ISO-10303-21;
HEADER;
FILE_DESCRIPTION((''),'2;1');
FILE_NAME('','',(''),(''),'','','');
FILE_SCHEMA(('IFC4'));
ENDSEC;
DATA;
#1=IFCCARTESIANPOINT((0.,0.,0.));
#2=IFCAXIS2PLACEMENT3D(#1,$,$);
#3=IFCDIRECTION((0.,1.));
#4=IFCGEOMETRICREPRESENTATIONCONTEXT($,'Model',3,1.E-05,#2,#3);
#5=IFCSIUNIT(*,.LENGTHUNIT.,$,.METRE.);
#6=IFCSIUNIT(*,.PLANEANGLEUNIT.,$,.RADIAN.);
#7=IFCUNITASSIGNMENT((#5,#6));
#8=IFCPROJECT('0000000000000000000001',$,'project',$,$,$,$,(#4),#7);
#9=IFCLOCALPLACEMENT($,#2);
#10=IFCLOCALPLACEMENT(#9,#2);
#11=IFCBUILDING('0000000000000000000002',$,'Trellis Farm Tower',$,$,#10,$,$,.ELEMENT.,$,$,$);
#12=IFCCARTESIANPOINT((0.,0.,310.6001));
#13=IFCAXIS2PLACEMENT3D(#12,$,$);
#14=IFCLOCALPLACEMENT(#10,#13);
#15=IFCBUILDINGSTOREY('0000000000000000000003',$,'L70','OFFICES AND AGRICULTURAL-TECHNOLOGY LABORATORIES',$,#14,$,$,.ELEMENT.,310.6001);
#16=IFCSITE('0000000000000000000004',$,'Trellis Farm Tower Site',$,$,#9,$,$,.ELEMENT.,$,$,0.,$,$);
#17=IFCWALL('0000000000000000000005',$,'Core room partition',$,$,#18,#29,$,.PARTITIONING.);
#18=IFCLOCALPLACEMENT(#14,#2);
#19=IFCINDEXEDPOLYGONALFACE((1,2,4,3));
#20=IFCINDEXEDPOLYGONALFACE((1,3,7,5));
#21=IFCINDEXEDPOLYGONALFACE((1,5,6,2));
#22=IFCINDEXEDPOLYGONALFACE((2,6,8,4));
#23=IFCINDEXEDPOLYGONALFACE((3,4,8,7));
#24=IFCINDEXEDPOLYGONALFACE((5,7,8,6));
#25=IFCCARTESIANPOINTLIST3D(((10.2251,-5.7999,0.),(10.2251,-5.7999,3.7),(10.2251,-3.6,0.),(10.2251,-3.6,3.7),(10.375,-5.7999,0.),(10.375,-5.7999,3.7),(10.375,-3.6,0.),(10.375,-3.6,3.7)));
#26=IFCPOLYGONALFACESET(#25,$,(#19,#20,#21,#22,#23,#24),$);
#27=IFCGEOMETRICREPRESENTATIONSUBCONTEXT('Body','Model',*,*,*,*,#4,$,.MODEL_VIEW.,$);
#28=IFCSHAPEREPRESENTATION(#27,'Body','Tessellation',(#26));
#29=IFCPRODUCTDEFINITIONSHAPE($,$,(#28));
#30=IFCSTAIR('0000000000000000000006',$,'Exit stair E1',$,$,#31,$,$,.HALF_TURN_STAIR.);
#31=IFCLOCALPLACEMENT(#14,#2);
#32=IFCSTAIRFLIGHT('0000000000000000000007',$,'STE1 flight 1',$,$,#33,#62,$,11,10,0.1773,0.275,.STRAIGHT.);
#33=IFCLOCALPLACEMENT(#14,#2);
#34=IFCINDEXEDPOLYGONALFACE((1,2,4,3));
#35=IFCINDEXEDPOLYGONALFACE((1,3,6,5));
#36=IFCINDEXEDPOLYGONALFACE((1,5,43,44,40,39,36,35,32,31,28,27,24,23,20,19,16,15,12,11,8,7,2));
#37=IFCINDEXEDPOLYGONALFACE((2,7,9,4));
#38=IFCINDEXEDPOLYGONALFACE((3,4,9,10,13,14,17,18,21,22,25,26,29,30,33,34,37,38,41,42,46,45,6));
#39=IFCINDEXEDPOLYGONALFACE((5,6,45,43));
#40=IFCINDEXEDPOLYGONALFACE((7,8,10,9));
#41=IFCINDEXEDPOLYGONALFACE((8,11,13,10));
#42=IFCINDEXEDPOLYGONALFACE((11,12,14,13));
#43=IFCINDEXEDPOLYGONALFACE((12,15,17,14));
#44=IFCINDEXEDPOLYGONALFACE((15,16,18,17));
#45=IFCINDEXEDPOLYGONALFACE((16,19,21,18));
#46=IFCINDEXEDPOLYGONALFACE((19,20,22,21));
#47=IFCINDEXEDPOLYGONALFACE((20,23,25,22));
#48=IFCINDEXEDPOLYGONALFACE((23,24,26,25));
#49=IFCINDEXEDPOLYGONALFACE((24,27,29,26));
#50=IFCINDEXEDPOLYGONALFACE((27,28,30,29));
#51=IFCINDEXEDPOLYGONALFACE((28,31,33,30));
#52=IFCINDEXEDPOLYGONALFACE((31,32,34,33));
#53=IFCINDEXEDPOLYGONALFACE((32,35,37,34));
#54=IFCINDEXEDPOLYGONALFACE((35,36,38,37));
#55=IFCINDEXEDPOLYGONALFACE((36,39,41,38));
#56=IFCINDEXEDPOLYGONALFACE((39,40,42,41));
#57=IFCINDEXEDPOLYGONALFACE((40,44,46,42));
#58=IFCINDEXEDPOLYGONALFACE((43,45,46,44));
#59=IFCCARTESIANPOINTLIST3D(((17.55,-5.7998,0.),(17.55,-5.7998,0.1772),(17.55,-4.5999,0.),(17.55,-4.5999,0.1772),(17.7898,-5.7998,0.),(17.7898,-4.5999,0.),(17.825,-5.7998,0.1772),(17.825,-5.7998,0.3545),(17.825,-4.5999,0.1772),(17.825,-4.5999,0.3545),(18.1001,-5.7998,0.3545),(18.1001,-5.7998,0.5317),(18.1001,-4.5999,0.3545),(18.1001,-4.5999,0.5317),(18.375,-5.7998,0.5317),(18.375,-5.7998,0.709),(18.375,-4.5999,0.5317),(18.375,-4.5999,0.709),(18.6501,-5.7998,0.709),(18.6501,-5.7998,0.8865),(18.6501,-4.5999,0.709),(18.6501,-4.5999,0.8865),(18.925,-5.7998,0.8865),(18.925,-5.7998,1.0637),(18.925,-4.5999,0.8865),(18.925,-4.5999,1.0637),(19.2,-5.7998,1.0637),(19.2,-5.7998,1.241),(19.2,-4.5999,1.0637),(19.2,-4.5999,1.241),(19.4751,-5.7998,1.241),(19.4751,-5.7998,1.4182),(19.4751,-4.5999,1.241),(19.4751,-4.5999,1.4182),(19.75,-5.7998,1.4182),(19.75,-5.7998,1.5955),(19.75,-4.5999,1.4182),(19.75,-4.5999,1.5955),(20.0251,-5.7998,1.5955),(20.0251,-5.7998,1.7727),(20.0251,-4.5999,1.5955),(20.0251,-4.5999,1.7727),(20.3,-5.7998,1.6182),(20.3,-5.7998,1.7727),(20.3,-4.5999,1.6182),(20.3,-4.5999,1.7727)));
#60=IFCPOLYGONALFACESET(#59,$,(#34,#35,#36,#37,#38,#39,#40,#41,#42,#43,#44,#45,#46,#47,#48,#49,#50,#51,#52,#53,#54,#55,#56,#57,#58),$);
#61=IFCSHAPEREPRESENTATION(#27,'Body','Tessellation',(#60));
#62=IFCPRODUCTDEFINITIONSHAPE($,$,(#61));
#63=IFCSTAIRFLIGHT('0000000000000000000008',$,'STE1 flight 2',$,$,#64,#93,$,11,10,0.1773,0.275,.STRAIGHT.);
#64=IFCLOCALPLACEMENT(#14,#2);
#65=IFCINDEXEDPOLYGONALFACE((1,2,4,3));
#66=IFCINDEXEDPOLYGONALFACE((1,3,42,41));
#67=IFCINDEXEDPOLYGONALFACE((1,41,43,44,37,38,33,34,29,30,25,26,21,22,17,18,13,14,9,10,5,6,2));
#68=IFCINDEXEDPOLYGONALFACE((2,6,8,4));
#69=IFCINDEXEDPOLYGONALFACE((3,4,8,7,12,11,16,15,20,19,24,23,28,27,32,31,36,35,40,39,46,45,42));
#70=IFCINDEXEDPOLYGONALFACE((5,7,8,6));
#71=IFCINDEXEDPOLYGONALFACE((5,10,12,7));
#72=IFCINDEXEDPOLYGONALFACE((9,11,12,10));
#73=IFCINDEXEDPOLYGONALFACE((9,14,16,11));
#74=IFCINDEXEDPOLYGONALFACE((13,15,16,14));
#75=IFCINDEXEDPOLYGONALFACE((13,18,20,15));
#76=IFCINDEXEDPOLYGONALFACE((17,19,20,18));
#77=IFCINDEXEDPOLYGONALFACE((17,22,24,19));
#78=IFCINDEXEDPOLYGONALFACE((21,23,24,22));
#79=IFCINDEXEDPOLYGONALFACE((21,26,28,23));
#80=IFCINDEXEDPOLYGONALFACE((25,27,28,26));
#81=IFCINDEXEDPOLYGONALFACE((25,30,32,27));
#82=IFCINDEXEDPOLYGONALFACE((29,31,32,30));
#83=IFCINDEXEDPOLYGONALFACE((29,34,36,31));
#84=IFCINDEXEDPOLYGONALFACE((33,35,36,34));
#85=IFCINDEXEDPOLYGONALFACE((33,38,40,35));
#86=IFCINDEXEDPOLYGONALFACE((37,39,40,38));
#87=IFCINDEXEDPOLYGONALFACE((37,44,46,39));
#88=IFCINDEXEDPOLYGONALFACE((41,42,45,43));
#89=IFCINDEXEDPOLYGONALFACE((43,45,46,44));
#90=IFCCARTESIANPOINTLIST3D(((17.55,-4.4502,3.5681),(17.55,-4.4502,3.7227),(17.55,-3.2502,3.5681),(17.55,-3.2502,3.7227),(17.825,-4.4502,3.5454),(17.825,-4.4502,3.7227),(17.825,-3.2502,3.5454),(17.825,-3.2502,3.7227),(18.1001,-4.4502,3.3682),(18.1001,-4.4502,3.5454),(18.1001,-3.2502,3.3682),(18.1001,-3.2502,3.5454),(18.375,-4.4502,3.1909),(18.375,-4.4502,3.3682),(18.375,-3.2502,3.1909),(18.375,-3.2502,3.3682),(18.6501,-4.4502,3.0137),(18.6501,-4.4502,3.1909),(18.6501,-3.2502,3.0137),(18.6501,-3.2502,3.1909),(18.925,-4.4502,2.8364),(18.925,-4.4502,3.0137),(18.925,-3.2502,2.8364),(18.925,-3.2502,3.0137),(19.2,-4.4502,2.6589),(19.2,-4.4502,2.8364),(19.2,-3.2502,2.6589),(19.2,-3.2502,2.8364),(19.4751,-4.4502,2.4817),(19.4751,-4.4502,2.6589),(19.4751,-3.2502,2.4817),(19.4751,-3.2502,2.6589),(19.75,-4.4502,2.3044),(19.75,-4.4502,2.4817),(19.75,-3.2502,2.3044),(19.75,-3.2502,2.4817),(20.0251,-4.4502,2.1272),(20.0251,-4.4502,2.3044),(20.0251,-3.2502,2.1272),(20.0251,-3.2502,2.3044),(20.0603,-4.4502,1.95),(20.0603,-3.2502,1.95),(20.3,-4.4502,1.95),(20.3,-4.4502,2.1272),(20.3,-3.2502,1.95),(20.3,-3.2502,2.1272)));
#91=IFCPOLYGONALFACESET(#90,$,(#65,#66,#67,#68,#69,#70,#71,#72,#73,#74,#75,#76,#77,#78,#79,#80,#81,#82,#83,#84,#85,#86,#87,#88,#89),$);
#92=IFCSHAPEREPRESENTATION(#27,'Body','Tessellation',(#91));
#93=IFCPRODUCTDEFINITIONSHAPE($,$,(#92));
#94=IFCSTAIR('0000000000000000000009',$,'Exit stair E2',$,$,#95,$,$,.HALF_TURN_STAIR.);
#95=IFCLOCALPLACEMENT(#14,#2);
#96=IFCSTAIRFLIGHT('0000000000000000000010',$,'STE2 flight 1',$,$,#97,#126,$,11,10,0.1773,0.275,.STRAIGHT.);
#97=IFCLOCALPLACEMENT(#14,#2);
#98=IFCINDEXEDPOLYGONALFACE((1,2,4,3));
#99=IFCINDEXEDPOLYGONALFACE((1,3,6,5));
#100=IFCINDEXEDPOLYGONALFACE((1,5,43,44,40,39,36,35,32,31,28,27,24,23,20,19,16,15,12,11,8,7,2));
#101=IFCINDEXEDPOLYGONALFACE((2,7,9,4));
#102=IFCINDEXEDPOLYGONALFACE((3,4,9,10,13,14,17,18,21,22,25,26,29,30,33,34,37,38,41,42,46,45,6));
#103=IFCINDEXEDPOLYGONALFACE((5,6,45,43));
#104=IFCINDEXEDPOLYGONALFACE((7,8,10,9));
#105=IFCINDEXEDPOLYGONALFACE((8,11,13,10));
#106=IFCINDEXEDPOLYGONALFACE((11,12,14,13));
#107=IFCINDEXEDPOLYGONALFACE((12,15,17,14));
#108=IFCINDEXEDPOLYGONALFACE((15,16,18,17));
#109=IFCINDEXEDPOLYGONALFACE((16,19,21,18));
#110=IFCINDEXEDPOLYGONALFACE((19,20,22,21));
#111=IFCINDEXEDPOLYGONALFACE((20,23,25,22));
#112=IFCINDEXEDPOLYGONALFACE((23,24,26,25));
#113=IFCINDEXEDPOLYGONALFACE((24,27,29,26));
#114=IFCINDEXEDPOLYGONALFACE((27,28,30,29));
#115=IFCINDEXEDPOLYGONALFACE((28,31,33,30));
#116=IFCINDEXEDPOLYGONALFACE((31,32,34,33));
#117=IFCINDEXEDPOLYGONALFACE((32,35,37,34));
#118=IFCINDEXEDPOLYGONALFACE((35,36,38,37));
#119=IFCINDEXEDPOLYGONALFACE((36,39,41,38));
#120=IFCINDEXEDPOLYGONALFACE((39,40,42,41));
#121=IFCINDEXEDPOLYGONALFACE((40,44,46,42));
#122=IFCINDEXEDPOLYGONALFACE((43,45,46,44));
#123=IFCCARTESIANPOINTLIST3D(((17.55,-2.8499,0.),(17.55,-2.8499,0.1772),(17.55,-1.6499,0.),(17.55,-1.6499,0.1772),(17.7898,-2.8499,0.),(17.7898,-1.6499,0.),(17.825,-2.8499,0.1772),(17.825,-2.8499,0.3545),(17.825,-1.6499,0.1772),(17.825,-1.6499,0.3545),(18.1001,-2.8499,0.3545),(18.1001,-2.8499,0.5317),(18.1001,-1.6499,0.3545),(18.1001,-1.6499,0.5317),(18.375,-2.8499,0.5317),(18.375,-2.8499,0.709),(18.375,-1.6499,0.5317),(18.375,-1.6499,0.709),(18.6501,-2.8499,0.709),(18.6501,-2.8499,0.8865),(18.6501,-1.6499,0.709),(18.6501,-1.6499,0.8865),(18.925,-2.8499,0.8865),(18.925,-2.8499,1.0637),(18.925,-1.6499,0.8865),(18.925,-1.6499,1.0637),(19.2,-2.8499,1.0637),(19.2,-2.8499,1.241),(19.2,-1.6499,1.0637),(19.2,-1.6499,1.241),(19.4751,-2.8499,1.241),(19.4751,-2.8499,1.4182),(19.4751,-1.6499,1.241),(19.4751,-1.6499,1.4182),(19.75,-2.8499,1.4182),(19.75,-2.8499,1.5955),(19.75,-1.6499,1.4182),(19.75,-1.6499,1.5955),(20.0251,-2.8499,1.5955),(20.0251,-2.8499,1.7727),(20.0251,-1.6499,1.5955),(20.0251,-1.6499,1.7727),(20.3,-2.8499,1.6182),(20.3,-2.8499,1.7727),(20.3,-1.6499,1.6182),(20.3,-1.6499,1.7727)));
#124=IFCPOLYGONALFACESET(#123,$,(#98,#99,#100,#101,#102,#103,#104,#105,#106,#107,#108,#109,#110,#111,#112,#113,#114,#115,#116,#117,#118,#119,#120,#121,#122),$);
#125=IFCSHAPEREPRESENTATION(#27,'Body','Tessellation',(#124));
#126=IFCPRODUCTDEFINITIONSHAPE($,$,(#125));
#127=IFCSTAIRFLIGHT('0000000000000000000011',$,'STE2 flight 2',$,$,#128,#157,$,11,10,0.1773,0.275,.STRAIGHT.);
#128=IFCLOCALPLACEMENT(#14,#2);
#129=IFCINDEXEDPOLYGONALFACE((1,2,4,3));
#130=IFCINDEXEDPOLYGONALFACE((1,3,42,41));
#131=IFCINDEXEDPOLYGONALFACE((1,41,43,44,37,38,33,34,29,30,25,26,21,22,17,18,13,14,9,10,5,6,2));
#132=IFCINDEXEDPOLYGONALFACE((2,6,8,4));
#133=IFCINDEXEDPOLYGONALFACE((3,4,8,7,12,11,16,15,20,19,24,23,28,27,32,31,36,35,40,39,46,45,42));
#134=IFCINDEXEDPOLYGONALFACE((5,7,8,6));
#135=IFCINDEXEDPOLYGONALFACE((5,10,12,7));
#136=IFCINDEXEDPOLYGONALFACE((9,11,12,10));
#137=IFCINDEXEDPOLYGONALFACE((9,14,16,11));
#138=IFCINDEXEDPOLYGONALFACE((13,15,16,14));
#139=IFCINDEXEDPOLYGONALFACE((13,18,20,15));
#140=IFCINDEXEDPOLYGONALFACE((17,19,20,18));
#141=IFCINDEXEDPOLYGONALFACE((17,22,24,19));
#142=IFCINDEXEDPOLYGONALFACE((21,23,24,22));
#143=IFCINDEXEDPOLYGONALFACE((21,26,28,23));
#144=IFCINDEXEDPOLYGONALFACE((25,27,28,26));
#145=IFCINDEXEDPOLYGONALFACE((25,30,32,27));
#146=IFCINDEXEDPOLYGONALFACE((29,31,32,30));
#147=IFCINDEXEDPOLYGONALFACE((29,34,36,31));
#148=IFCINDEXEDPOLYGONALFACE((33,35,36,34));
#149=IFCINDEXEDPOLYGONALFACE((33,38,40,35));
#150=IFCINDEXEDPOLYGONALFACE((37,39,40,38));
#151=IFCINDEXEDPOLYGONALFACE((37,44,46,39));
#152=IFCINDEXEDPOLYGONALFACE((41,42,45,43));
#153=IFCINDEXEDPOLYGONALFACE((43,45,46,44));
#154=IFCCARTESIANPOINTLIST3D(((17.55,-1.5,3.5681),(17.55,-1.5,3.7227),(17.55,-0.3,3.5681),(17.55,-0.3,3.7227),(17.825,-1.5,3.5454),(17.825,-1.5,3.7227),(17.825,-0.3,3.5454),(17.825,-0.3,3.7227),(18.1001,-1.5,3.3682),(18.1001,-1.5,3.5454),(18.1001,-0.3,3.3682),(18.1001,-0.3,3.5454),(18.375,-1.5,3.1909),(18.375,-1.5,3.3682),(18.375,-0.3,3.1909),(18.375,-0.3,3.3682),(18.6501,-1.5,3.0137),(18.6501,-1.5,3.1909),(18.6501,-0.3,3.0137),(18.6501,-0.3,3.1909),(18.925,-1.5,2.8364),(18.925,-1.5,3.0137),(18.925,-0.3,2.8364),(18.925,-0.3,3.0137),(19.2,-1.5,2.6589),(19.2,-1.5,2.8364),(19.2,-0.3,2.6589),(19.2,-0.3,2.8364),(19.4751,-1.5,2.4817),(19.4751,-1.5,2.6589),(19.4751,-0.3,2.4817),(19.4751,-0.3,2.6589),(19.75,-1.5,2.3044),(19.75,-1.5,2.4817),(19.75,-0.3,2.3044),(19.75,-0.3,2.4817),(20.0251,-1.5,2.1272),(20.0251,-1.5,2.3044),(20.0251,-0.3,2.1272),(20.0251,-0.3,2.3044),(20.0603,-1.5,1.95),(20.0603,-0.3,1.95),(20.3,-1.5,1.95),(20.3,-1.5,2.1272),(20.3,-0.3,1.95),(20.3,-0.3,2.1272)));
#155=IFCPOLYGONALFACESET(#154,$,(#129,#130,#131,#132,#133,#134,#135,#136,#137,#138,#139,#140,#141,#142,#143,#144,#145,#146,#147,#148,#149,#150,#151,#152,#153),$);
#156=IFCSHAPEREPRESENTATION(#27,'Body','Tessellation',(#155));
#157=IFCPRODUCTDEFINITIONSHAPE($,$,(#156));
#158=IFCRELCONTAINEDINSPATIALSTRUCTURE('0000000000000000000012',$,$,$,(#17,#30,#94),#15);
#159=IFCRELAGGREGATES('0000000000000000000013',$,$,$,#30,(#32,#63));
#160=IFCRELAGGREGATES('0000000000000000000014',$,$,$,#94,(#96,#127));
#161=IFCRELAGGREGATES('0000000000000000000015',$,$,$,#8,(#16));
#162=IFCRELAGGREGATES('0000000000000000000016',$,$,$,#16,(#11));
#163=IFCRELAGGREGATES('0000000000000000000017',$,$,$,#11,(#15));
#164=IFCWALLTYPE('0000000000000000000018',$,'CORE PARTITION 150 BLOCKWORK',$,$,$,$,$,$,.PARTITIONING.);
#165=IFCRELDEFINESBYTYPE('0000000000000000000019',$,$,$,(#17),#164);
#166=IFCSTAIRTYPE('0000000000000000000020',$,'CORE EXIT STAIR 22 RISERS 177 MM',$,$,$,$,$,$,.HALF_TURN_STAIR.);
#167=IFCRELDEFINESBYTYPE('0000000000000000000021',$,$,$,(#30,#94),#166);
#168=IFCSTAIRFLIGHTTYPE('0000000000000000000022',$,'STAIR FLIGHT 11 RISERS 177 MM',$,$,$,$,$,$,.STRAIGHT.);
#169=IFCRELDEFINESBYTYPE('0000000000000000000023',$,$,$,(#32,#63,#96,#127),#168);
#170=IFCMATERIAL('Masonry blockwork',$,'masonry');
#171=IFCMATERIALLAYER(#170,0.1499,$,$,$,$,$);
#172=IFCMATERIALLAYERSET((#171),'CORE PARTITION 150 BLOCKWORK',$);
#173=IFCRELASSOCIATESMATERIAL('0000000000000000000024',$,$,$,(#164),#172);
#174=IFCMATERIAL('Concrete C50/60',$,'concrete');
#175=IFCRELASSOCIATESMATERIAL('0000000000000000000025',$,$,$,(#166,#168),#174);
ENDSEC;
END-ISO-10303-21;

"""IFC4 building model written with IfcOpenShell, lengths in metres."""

from ifc_helpers import new_model, si_unit, direction, frame, frame_2d, origin, place, context, subcontext, project, spatial, polyline, rectangle, outline, extrude, source, transform, mapped, material, layer, layer_set, type_object, element, aggregate, save


model = new_model("IFC4")

# Units and contexts
model_context = context("Model", 3, precision=1e-05, world=origin(), true_north=direction((0.0, 1.0)))
body_context = subcontext(model_context, "Body", "Model", "MODEL_VIEW")
ifc_project = project(units=[si_unit("LENGTHUNIT", "METRE"), si_unit("PLANEANGLEUNIT", "RADIAN")], contexts=[model_context])

# Site, building, storey
site_placement = place(None, origin())
site = spatial("IfcSite", under=ifc_project, at=site_placement, Name="Trellis Farm Tower Site", CompositionType="ELEMENT", RefElevation=0.0)
building_placement = place(site_placement, origin())
building = spatial("IfcBuilding", under=site, at=building_placement, Name="Trellis Farm Tower", CompositionType="ELEMENT")
storey_placement = place(building_placement, frame((0.0, 0.0, 310.6001)))
storey = spatial("IfcBuildingStorey", under=building, at=storey_placement, Name="L70", Description="OFFICES AND AGRICULTURAL-TECHNOLOGY LABORATORIES", CompositionType="ELEMENT", Elevation=310.6001)

# Shared definitions
placement = place(storey_placement, origin())

# Shared definitions
ifc_material_1 = material(Name="Concrete C50/60", Category="concrete")

# Wall
ifc_material_2 = material(Name="Masonry blockwork", Category="masonry")
ifc_layer_1 = layer(ifc_material_2, 0.1499)
ifc_layer_set_1 = layer_set([ifc_layer_1], Name="CORE PARTITION 150 BLOCKWORK")
wall_type_1 = type_object("IfcWallType", Name="CORE PARTITION 150 BLOCKWORK", PredefinedType="PARTITIONING", material=ifc_layer_set_1)
shared_shape_1 = source(origin(), body_context, "Body", "SweptSolid", [
    extrude(rectangle(XDim=2.2, YDim=0.1499, at=frame_2d((1.1001, 0.0))), origin(), (0.0, 0.0, 1.0), 3.7),
])
for number, where, z_axis, x_axis, name in (
    (1, (10.3, -5.8, 0.0), (0.0, 0.0, 1.0), (0.0, 1.0, 0.0), "Core room partition"),
):
    element("IfcWall", number, at=place(storey_placement, frame(where, z_axis=z_axis, x_axis=x_axis)), inside=storey, type_object=wall_type_1, Name=name, PredefinedType="PARTITIONING", context=body_context, shape_type="MappedRepresentation", body=[
        mapped(shared_shape_1, transform((0.0, 0.0, 0.0))),
    ])

# Stairs, stair flights
stair_type = type_object("IfcStairType", Name="CORE EXIT STAIR 22 RISERS 177 MM", PredefinedType="HALF_TURN_STAIR", material=ifc_material_1)
stair_1 = element("IfcStair", 2, at=placement, inside=storey, type_object=stair_type, Name="Exit stair E1", PredefinedType="HALF_TURN_STAIR")
stair_flight_type = type_object("IfcStairFlightType", Name="STAIR FLIGHT 11 RISERS 177 MM", PredefinedType="STRAIGHT", material=ifc_material_1)
shared_shape_2 = source(origin(), body_context, "Body", "SweptSolid", [
    extrude(outline(polyline([(0.0, 0.0), (0.0, 0.1772), (0.2749, 0.1772), (0.2749, 0.3545), (0.55, 0.3545), (0.55, 0.5317), (0.825, 0.5317), (0.825, 0.709), (1.1001, 0.709), (1.1001, 0.8865), (1.375, 0.8865), (1.375, 1.0637), (1.6499, 1.0637), (1.6499, 1.241), (1.925, 1.241), (1.925, 1.4182), (2.2, 1.4182), (2.2, 1.5955), (2.4751, 1.5955), (2.4751, 1.7727), (2.75, 1.7727), (2.75, 1.95), (2.75, 1.6182), (0.2397, 0.0), (0.0, 0.0)])), frame((0.0, 0.6001, 0.0), z_axis=(0.0, -1.0, 0.0), x_axis=(1.0, 0.0, 0.0)), (0.0, 0.0, 1.0), 1.2),
])
stair_flight_1_placement = place(storey_placement, frame((17.55, -5.2, 0.0), z_axis=(0.0, 0.0, 1.0), x_axis=(1.0, 0.0, 0.0)))
stair_flight_1 = element("IfcStairFlight", 3, at=stair_flight_1_placement, type_object=stair_flight_type, Name="STE1 flight 1", NumberOfRisers=11, NumberOfTreads=10, PredefinedType="STRAIGHT", RiserHeight=0.1773, TreadLength=0.275, context=body_context, shape_type="MappedRepresentation", body=[
    mapped(shared_shape_2, transform((0.0, 0.0, 0.0))),
])
stair_flight_2_placement = place(storey_placement, frame((20.3, -3.8501, 1.95), z_axis=(0.0, 0.0, 1.0), x_axis=(-1.0, 0.0, 0.0)))
stair_flight_2 = element("IfcStairFlight", 4, at=stair_flight_2_placement, type_object=stair_flight_type, Name="STE1 flight 2", NumberOfRisers=11, NumberOfTreads=10, PredefinedType="STRAIGHT", RiserHeight=0.1773, TreadLength=0.275, context=body_context, shape_type="MappedRepresentation", body=[
    mapped(shared_shape_2, transform((0.0, 0.0, 0.0))),
])
aggregate(stair_1, [stair_flight_1, stair_flight_2])
stair_2 = element("IfcStair", 5, at=placement, inside=storey, type_object=stair_type, Name="Exit stair E2", PredefinedType="HALF_TURN_STAIR")
stair_flight_3_placement = place(storey_placement, frame((17.55, -2.25, 0.0), z_axis=(0.0, 0.0, 1.0), x_axis=(1.0, 0.0, 0.0)))
stair_flight_3 = element("IfcStairFlight", 6, at=stair_flight_3_placement, type_object=stair_flight_type, Name="STE2 flight 1", NumberOfRisers=11, NumberOfTreads=10, PredefinedType="STRAIGHT", RiserHeight=0.1773, TreadLength=0.275, context=body_context, shape_type="MappedRepresentation", body=[
    mapped(shared_shape_2, transform((0.0, 0.0, 0.0))),
])
stair_flight_4_placement = place(storey_placement, frame((20.3, -0.8999, 1.95), z_axis=(0.0, 0.0, 1.0), x_axis=(-1.0, 0.0, 0.0)))
stair_flight_4 = element("IfcStairFlight", 7, at=stair_flight_4_placement, type_object=stair_flight_type, Name="STE2 flight 2", NumberOfRisers=11, NumberOfTreads=10, PredefinedType="STRAIGHT", RiserHeight=0.1773, TreadLength=0.275, context=body_context, shape_type="MappedRepresentation", body=[
    mapped(shared_shape_2, transform((0.0, 0.0, 0.0))),
])
aggregate(stair_2, [stair_flight_3, stair_flight_4])

save(model, "model.ifc")
